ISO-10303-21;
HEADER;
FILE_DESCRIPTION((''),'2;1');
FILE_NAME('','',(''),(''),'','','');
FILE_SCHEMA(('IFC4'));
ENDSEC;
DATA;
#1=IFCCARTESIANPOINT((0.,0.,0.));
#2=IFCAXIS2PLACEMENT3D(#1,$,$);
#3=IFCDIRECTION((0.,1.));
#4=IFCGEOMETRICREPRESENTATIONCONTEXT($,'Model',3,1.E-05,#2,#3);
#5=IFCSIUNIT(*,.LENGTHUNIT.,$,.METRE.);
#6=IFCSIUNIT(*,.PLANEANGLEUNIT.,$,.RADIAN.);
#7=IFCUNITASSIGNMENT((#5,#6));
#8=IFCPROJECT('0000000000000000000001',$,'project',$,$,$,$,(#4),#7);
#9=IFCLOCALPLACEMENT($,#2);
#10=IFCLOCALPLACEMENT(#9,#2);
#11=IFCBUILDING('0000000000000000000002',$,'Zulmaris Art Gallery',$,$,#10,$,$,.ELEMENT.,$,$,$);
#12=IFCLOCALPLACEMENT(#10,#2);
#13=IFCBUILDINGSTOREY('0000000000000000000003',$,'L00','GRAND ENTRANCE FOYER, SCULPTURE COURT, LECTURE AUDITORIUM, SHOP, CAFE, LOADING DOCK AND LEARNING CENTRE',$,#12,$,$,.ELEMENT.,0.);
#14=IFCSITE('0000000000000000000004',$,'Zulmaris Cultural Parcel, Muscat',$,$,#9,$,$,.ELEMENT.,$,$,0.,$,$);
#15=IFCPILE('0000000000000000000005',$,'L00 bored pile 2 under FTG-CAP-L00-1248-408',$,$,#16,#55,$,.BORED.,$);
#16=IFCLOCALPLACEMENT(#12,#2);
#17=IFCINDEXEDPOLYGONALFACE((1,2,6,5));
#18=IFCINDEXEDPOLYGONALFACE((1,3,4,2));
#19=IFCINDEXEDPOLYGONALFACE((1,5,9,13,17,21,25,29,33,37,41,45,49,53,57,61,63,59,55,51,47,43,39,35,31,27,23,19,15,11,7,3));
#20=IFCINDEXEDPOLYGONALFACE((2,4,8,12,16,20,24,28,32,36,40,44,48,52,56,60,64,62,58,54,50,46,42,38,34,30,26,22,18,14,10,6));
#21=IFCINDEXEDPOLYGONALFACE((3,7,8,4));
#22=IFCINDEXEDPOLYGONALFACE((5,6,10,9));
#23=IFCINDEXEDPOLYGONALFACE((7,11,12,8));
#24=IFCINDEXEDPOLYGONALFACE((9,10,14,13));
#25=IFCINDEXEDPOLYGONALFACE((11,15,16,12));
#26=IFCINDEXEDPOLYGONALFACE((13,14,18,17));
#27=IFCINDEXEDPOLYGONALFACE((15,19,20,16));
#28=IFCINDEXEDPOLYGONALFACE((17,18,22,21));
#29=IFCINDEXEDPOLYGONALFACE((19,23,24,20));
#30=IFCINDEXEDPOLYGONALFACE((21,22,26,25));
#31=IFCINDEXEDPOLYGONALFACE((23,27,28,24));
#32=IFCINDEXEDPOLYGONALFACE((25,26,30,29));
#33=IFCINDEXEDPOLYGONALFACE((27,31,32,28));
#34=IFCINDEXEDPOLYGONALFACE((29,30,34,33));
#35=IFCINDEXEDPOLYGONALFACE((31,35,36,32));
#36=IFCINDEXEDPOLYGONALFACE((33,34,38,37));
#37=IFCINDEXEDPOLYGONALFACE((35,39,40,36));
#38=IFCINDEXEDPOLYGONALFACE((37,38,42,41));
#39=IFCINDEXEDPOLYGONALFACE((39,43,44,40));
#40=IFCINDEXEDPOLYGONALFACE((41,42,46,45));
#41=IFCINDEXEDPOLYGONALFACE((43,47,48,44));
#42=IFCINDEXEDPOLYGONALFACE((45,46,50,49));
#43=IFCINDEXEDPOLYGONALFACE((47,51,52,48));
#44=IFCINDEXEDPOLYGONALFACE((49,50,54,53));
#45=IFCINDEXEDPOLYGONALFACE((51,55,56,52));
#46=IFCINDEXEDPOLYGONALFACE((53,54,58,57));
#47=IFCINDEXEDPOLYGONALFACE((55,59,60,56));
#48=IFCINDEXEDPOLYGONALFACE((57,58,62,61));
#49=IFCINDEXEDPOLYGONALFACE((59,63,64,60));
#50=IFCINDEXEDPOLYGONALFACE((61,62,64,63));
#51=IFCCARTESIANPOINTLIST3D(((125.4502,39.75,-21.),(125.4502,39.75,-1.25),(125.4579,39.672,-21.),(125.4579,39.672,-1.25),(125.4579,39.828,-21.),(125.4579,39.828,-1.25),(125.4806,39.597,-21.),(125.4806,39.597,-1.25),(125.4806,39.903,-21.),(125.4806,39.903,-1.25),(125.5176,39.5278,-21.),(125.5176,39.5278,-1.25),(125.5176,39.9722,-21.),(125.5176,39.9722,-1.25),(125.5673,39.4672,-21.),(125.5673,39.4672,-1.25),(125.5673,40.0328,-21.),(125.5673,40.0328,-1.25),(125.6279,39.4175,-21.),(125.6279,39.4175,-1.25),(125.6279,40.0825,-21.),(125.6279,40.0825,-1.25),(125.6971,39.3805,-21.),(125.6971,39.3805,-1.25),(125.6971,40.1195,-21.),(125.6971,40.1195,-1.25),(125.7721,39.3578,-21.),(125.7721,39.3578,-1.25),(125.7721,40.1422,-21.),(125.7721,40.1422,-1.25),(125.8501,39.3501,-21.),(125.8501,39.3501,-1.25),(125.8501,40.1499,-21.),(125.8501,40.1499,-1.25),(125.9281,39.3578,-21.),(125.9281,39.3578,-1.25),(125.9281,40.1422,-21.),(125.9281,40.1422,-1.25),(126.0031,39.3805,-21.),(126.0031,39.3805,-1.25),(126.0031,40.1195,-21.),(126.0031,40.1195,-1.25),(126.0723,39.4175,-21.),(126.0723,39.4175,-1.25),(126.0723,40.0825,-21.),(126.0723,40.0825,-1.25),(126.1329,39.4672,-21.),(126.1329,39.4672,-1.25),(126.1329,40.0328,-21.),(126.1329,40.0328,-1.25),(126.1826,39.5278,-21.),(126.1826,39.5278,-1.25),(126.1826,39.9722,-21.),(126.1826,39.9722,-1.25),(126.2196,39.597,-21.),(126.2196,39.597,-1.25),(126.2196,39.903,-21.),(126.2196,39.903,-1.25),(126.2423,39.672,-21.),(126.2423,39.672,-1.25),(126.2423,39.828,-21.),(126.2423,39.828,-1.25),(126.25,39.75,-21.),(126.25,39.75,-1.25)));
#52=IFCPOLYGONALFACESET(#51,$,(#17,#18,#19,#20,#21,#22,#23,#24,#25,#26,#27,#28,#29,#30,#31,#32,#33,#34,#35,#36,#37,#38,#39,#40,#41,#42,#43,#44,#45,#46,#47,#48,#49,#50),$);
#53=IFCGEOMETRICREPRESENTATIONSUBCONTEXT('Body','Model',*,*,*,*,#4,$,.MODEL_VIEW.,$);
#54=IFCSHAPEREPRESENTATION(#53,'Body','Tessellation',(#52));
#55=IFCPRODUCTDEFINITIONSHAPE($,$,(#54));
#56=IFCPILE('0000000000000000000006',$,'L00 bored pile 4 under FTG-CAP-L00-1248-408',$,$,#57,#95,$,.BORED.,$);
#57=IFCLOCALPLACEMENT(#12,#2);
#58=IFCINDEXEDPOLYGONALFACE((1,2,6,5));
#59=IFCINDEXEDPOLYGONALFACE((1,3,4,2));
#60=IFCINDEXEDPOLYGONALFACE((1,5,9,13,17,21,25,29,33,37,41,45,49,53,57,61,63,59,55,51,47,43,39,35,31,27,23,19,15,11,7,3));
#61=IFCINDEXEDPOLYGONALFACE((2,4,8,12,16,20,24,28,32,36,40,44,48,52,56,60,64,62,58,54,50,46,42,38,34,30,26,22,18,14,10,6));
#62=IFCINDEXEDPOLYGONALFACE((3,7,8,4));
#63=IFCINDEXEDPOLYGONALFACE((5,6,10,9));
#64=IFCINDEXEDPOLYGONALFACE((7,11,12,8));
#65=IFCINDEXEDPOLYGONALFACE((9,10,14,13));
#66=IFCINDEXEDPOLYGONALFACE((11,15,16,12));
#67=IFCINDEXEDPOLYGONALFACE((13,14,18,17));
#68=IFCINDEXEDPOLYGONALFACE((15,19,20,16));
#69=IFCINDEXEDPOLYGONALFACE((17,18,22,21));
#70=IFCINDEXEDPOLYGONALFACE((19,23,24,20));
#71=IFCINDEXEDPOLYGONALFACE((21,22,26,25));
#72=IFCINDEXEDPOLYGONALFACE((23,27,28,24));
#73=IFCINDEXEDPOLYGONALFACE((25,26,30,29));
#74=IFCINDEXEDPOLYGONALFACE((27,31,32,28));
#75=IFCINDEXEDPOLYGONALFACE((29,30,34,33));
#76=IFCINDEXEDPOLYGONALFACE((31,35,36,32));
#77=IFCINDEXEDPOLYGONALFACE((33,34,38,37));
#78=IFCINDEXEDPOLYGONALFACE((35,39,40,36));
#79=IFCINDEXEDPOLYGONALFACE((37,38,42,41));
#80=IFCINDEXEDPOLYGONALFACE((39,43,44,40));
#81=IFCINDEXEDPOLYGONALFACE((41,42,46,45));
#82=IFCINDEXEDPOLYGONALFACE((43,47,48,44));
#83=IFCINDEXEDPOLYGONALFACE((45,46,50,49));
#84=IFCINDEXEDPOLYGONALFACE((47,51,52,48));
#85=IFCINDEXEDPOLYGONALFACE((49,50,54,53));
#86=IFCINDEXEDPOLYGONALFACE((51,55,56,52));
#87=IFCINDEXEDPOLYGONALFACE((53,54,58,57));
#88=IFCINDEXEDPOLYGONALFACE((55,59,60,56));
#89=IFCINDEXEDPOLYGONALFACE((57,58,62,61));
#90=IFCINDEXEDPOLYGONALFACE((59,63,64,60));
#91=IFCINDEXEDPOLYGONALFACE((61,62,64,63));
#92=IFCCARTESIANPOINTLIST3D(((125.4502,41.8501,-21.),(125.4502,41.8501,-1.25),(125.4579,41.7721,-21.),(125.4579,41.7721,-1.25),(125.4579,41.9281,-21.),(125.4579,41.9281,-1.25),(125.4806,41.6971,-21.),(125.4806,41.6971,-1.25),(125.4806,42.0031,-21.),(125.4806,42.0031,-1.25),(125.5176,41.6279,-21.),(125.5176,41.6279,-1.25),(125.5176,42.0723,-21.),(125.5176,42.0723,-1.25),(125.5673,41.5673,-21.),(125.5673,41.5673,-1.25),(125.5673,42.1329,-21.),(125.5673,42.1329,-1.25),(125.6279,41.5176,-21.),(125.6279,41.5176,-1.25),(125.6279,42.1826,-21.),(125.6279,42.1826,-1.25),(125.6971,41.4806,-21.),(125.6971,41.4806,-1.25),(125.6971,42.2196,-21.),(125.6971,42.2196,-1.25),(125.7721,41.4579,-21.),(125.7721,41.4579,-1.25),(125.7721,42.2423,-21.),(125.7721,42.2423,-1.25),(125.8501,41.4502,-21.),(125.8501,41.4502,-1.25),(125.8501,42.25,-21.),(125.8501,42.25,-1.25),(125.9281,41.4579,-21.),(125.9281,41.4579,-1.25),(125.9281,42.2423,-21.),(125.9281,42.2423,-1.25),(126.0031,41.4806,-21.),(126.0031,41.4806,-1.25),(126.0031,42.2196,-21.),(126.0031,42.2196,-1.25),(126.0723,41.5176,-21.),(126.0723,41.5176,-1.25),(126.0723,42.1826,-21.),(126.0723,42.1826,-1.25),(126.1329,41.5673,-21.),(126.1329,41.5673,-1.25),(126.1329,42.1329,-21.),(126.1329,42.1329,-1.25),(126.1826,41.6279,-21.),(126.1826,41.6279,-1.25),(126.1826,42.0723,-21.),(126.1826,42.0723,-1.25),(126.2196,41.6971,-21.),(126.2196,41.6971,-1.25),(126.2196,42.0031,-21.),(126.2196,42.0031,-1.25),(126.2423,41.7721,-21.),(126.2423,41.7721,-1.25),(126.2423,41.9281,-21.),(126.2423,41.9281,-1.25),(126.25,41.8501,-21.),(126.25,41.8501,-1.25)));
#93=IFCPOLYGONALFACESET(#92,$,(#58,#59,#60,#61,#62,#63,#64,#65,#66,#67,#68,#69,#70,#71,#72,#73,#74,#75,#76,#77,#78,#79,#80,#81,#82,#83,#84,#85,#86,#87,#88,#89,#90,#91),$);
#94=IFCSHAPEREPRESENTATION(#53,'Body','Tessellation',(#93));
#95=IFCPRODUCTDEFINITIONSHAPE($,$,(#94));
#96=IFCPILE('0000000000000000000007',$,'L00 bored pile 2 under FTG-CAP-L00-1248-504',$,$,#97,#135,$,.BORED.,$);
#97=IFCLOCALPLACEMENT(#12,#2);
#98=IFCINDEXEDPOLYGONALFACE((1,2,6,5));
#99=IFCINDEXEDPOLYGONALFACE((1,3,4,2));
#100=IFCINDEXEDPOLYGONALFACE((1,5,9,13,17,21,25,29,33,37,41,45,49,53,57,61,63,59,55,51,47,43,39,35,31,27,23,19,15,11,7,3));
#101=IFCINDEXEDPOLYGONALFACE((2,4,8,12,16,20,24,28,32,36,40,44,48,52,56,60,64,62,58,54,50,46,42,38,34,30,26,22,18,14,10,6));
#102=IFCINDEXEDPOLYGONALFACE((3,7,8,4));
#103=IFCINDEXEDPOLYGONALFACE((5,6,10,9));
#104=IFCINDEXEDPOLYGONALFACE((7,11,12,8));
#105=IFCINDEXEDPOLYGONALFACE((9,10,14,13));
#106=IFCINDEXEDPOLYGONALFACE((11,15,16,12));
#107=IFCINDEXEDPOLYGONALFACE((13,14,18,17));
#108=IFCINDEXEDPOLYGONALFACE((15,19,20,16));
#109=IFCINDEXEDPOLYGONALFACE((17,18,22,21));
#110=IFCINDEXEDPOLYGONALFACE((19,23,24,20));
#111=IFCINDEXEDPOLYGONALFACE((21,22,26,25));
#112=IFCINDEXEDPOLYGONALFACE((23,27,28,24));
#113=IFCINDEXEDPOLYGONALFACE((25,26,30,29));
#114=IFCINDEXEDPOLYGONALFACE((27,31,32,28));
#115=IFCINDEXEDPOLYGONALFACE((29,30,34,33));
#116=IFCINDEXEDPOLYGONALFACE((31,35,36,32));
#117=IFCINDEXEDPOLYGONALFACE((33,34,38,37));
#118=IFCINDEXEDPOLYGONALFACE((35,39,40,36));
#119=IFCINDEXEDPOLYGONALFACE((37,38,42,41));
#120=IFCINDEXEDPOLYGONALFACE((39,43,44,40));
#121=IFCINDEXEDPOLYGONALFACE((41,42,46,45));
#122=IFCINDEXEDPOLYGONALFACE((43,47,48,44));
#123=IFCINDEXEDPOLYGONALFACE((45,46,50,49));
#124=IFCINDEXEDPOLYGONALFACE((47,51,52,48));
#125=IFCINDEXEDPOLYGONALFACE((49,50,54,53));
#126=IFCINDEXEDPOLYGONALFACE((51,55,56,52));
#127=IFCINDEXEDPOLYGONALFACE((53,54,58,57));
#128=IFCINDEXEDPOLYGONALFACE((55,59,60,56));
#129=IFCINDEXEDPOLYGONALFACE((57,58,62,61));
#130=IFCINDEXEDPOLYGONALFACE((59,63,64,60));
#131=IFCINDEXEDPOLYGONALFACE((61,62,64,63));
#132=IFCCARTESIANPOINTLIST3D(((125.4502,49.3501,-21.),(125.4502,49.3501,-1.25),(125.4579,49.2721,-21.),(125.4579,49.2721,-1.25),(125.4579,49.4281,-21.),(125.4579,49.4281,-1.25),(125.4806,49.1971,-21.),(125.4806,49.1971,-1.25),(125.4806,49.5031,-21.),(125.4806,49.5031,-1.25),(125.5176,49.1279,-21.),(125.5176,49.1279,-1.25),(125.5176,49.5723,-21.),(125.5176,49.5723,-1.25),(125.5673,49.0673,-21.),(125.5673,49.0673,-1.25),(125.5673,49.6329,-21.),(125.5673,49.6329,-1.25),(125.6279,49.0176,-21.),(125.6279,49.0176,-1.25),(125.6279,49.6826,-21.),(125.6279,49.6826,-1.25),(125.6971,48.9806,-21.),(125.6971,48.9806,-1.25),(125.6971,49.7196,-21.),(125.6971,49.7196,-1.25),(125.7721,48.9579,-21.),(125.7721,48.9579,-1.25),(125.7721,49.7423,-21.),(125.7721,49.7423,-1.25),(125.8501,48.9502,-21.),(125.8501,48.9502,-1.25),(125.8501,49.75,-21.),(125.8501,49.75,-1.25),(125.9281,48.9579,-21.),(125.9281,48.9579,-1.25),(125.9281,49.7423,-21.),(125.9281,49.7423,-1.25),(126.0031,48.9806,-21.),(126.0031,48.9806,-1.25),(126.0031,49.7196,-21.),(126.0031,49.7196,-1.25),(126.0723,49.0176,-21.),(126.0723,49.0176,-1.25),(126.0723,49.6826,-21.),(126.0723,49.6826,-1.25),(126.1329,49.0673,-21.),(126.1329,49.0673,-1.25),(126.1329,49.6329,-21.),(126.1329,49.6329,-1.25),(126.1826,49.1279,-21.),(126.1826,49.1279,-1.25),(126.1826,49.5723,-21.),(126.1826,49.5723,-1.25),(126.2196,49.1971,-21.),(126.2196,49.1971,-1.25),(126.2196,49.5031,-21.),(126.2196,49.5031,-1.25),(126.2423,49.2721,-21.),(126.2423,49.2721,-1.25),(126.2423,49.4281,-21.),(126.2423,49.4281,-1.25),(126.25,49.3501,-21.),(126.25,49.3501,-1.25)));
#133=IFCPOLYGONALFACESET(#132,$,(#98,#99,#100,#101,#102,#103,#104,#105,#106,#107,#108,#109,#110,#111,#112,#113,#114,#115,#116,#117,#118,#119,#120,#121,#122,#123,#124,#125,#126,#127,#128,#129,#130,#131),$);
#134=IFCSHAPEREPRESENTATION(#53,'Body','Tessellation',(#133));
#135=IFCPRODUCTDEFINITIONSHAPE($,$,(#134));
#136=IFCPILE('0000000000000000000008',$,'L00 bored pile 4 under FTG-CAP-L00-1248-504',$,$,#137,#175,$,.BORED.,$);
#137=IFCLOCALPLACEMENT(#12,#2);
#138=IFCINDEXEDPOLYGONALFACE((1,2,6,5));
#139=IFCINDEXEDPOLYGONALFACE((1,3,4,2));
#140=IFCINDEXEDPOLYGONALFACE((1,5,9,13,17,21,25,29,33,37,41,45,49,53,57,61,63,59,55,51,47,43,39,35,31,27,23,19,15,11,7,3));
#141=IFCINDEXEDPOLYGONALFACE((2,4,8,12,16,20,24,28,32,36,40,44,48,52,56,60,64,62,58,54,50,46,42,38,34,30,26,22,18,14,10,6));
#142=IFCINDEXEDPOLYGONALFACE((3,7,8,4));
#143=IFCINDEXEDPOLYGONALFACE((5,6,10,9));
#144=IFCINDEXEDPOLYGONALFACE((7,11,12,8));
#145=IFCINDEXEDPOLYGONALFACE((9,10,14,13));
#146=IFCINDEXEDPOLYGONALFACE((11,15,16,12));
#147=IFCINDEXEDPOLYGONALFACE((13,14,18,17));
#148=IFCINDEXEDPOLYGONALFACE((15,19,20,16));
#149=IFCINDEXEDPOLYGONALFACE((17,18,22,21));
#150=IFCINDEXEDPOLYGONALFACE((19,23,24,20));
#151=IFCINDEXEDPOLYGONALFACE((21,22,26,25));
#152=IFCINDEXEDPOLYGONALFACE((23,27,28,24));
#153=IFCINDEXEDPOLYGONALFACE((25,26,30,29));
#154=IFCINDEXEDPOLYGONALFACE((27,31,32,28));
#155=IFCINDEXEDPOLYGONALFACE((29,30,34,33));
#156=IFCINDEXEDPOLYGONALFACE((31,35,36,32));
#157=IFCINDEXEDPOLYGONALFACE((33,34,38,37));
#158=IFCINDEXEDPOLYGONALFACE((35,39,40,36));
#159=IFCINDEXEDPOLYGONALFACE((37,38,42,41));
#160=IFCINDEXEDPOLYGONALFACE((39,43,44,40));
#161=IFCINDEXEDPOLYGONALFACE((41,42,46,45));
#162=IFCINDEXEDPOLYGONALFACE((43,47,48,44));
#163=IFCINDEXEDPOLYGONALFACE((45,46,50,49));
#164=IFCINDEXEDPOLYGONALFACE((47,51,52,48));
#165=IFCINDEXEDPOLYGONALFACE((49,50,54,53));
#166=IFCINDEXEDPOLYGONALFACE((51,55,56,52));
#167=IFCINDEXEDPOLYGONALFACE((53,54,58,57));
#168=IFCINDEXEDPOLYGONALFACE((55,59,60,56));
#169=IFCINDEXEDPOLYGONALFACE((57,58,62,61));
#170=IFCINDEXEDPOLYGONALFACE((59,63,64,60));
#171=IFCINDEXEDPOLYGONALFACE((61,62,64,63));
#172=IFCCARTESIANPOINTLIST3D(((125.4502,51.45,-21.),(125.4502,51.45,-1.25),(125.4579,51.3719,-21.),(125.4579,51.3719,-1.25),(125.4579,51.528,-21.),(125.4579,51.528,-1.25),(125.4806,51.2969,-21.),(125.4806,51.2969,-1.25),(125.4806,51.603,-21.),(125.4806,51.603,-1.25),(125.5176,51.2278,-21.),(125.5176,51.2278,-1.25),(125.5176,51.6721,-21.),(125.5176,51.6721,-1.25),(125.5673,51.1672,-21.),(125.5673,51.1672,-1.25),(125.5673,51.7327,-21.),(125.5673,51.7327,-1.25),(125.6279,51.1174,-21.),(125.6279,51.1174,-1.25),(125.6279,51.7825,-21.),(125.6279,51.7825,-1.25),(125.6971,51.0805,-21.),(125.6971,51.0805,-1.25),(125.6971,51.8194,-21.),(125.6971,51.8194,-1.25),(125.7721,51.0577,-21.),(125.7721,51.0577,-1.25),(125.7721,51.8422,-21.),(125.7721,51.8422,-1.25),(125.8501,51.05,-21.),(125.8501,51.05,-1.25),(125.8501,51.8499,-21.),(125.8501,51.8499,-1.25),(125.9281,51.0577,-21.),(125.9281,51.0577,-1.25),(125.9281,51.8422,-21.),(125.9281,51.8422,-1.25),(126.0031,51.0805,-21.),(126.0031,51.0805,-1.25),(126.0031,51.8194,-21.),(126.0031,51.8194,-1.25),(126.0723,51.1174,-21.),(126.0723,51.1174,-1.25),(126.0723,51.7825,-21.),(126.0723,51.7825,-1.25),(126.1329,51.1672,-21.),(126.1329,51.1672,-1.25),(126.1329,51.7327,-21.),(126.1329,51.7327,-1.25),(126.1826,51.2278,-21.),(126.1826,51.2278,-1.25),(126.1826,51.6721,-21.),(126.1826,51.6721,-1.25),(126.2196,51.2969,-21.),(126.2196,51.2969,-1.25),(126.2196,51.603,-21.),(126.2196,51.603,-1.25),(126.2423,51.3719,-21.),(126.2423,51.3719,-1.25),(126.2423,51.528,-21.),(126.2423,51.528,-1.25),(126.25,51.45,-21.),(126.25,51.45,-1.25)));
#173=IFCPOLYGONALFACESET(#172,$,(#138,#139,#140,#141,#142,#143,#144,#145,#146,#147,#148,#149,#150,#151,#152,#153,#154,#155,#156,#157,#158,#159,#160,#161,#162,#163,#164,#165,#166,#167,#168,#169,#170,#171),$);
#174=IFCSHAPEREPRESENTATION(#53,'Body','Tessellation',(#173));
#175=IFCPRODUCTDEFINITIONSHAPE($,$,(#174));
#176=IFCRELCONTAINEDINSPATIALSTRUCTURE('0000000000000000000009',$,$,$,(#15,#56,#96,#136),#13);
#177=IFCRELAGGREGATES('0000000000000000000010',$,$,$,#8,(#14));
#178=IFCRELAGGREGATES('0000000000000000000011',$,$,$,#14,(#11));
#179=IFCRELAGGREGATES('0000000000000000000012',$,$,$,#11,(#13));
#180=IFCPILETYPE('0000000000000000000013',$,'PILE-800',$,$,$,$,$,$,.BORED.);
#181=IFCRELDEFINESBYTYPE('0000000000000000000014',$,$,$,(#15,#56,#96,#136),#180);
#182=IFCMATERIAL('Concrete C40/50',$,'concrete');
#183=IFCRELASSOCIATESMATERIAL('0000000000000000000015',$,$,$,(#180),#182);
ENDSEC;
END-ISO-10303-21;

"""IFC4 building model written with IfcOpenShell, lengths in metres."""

from ifc_helpers import new_model, si_unit, direction, frame, origin, origin_2d, place, context, subcontext, project, spatial, circle, extrude, material, material_profile, profile_set, type_object, element, save


model = new_model("IFC4")

# Units and contexts
model_context = context("Model", 3, precision=1e-05, world=origin(), true_north=direction((0.0, 1.0)))
body_context = subcontext(model_context, "Body", "Model", "MODEL_VIEW")
ifc_project = project(units=[si_unit("LENGTHUNIT", "METRE"), si_unit("PLANEANGLEUNIT", "RADIAN")], contexts=[model_context])

# Site, building, storey
site_placement = place(None, origin())
site = spatial("IfcSite", under=ifc_project, at=site_placement, Name="Zulmaris Cultural Parcel, Muscat", CompositionType="ELEMENT", RefElevation=0.0)
building_placement = place(site_placement, origin())
building = spatial("IfcBuilding", under=site, at=building_placement, Name="Zulmaris Art Gallery", CompositionType="ELEMENT")
storey_placement = place(building_placement, origin())
storey = spatial("IfcBuildingStorey", under=building, at=storey_placement, Name="L00", Description="GRAND ENTRANCE FOYER, SCULPTURE COURT, LECTURE AUDITORIUM, SHOP, CAFE, LOADING DOCK AND LEARNING CENTRE", CompositionType="ELEMENT", Elevation=0.0)

# Piles
ifc_material_1 = material(Name="Concrete C40/50", Category="concrete")
ifc_material_profile_1 = material_profile(ifc_material_1, circle(Radius=0.3999, at=origin_2d()), Name="PILE DIA 800")
ifc_profile_set_1 = profile_set([ifc_material_profile_1], Name="Concrete C40/50")
pile_type_1 = type_object("IfcPileType", Name="PILE-800", PredefinedType="BORED", material=ifc_profile_set_1)
for number, where, z_axis, x_axis, name in (
    (1, (125.8501, 39.75, -1.25), (0.0, 0.0, -1.0), (1.0, 0.0, 0.0), "L00 bored pile 2 under FTG-CAP-L00-1248-408"),
    (2, (125.8501, 41.8501, -1.25), (0.0, 0.0, -1.0), (1.0, 0.0, 0.0), "L00 bored pile 4 under FTG-CAP-L00-1248-408"),
    (3, (125.8501, 49.3501, -1.25), (0.0, 0.0, -1.0), (1.0, 0.0, 0.0), "L00 bored pile 2 under FTG-CAP-L00-1248-504"),
    (4, (125.8501, 51.45, -1.25), (0.0, 0.0, -1.0), (1.0, 0.0, 0.0), "L00 bored pile 4 under FTG-CAP-L00-1248-504"),
):
    element("IfcPile", number, at=place(storey_placement, frame(where, z_axis=z_axis, x_axis=x_axis)), inside=storey, type_object=pile_type_1, Name=name, PredefinedType="BORED", context=body_context, shape_type="SweptSolid", body=[
        extrude(circle(Radius=0.3999, at=origin_2d()), origin(), (0.0, 0.0, 1.0), 19.75),
    ])

save(model, "model.ifc")
